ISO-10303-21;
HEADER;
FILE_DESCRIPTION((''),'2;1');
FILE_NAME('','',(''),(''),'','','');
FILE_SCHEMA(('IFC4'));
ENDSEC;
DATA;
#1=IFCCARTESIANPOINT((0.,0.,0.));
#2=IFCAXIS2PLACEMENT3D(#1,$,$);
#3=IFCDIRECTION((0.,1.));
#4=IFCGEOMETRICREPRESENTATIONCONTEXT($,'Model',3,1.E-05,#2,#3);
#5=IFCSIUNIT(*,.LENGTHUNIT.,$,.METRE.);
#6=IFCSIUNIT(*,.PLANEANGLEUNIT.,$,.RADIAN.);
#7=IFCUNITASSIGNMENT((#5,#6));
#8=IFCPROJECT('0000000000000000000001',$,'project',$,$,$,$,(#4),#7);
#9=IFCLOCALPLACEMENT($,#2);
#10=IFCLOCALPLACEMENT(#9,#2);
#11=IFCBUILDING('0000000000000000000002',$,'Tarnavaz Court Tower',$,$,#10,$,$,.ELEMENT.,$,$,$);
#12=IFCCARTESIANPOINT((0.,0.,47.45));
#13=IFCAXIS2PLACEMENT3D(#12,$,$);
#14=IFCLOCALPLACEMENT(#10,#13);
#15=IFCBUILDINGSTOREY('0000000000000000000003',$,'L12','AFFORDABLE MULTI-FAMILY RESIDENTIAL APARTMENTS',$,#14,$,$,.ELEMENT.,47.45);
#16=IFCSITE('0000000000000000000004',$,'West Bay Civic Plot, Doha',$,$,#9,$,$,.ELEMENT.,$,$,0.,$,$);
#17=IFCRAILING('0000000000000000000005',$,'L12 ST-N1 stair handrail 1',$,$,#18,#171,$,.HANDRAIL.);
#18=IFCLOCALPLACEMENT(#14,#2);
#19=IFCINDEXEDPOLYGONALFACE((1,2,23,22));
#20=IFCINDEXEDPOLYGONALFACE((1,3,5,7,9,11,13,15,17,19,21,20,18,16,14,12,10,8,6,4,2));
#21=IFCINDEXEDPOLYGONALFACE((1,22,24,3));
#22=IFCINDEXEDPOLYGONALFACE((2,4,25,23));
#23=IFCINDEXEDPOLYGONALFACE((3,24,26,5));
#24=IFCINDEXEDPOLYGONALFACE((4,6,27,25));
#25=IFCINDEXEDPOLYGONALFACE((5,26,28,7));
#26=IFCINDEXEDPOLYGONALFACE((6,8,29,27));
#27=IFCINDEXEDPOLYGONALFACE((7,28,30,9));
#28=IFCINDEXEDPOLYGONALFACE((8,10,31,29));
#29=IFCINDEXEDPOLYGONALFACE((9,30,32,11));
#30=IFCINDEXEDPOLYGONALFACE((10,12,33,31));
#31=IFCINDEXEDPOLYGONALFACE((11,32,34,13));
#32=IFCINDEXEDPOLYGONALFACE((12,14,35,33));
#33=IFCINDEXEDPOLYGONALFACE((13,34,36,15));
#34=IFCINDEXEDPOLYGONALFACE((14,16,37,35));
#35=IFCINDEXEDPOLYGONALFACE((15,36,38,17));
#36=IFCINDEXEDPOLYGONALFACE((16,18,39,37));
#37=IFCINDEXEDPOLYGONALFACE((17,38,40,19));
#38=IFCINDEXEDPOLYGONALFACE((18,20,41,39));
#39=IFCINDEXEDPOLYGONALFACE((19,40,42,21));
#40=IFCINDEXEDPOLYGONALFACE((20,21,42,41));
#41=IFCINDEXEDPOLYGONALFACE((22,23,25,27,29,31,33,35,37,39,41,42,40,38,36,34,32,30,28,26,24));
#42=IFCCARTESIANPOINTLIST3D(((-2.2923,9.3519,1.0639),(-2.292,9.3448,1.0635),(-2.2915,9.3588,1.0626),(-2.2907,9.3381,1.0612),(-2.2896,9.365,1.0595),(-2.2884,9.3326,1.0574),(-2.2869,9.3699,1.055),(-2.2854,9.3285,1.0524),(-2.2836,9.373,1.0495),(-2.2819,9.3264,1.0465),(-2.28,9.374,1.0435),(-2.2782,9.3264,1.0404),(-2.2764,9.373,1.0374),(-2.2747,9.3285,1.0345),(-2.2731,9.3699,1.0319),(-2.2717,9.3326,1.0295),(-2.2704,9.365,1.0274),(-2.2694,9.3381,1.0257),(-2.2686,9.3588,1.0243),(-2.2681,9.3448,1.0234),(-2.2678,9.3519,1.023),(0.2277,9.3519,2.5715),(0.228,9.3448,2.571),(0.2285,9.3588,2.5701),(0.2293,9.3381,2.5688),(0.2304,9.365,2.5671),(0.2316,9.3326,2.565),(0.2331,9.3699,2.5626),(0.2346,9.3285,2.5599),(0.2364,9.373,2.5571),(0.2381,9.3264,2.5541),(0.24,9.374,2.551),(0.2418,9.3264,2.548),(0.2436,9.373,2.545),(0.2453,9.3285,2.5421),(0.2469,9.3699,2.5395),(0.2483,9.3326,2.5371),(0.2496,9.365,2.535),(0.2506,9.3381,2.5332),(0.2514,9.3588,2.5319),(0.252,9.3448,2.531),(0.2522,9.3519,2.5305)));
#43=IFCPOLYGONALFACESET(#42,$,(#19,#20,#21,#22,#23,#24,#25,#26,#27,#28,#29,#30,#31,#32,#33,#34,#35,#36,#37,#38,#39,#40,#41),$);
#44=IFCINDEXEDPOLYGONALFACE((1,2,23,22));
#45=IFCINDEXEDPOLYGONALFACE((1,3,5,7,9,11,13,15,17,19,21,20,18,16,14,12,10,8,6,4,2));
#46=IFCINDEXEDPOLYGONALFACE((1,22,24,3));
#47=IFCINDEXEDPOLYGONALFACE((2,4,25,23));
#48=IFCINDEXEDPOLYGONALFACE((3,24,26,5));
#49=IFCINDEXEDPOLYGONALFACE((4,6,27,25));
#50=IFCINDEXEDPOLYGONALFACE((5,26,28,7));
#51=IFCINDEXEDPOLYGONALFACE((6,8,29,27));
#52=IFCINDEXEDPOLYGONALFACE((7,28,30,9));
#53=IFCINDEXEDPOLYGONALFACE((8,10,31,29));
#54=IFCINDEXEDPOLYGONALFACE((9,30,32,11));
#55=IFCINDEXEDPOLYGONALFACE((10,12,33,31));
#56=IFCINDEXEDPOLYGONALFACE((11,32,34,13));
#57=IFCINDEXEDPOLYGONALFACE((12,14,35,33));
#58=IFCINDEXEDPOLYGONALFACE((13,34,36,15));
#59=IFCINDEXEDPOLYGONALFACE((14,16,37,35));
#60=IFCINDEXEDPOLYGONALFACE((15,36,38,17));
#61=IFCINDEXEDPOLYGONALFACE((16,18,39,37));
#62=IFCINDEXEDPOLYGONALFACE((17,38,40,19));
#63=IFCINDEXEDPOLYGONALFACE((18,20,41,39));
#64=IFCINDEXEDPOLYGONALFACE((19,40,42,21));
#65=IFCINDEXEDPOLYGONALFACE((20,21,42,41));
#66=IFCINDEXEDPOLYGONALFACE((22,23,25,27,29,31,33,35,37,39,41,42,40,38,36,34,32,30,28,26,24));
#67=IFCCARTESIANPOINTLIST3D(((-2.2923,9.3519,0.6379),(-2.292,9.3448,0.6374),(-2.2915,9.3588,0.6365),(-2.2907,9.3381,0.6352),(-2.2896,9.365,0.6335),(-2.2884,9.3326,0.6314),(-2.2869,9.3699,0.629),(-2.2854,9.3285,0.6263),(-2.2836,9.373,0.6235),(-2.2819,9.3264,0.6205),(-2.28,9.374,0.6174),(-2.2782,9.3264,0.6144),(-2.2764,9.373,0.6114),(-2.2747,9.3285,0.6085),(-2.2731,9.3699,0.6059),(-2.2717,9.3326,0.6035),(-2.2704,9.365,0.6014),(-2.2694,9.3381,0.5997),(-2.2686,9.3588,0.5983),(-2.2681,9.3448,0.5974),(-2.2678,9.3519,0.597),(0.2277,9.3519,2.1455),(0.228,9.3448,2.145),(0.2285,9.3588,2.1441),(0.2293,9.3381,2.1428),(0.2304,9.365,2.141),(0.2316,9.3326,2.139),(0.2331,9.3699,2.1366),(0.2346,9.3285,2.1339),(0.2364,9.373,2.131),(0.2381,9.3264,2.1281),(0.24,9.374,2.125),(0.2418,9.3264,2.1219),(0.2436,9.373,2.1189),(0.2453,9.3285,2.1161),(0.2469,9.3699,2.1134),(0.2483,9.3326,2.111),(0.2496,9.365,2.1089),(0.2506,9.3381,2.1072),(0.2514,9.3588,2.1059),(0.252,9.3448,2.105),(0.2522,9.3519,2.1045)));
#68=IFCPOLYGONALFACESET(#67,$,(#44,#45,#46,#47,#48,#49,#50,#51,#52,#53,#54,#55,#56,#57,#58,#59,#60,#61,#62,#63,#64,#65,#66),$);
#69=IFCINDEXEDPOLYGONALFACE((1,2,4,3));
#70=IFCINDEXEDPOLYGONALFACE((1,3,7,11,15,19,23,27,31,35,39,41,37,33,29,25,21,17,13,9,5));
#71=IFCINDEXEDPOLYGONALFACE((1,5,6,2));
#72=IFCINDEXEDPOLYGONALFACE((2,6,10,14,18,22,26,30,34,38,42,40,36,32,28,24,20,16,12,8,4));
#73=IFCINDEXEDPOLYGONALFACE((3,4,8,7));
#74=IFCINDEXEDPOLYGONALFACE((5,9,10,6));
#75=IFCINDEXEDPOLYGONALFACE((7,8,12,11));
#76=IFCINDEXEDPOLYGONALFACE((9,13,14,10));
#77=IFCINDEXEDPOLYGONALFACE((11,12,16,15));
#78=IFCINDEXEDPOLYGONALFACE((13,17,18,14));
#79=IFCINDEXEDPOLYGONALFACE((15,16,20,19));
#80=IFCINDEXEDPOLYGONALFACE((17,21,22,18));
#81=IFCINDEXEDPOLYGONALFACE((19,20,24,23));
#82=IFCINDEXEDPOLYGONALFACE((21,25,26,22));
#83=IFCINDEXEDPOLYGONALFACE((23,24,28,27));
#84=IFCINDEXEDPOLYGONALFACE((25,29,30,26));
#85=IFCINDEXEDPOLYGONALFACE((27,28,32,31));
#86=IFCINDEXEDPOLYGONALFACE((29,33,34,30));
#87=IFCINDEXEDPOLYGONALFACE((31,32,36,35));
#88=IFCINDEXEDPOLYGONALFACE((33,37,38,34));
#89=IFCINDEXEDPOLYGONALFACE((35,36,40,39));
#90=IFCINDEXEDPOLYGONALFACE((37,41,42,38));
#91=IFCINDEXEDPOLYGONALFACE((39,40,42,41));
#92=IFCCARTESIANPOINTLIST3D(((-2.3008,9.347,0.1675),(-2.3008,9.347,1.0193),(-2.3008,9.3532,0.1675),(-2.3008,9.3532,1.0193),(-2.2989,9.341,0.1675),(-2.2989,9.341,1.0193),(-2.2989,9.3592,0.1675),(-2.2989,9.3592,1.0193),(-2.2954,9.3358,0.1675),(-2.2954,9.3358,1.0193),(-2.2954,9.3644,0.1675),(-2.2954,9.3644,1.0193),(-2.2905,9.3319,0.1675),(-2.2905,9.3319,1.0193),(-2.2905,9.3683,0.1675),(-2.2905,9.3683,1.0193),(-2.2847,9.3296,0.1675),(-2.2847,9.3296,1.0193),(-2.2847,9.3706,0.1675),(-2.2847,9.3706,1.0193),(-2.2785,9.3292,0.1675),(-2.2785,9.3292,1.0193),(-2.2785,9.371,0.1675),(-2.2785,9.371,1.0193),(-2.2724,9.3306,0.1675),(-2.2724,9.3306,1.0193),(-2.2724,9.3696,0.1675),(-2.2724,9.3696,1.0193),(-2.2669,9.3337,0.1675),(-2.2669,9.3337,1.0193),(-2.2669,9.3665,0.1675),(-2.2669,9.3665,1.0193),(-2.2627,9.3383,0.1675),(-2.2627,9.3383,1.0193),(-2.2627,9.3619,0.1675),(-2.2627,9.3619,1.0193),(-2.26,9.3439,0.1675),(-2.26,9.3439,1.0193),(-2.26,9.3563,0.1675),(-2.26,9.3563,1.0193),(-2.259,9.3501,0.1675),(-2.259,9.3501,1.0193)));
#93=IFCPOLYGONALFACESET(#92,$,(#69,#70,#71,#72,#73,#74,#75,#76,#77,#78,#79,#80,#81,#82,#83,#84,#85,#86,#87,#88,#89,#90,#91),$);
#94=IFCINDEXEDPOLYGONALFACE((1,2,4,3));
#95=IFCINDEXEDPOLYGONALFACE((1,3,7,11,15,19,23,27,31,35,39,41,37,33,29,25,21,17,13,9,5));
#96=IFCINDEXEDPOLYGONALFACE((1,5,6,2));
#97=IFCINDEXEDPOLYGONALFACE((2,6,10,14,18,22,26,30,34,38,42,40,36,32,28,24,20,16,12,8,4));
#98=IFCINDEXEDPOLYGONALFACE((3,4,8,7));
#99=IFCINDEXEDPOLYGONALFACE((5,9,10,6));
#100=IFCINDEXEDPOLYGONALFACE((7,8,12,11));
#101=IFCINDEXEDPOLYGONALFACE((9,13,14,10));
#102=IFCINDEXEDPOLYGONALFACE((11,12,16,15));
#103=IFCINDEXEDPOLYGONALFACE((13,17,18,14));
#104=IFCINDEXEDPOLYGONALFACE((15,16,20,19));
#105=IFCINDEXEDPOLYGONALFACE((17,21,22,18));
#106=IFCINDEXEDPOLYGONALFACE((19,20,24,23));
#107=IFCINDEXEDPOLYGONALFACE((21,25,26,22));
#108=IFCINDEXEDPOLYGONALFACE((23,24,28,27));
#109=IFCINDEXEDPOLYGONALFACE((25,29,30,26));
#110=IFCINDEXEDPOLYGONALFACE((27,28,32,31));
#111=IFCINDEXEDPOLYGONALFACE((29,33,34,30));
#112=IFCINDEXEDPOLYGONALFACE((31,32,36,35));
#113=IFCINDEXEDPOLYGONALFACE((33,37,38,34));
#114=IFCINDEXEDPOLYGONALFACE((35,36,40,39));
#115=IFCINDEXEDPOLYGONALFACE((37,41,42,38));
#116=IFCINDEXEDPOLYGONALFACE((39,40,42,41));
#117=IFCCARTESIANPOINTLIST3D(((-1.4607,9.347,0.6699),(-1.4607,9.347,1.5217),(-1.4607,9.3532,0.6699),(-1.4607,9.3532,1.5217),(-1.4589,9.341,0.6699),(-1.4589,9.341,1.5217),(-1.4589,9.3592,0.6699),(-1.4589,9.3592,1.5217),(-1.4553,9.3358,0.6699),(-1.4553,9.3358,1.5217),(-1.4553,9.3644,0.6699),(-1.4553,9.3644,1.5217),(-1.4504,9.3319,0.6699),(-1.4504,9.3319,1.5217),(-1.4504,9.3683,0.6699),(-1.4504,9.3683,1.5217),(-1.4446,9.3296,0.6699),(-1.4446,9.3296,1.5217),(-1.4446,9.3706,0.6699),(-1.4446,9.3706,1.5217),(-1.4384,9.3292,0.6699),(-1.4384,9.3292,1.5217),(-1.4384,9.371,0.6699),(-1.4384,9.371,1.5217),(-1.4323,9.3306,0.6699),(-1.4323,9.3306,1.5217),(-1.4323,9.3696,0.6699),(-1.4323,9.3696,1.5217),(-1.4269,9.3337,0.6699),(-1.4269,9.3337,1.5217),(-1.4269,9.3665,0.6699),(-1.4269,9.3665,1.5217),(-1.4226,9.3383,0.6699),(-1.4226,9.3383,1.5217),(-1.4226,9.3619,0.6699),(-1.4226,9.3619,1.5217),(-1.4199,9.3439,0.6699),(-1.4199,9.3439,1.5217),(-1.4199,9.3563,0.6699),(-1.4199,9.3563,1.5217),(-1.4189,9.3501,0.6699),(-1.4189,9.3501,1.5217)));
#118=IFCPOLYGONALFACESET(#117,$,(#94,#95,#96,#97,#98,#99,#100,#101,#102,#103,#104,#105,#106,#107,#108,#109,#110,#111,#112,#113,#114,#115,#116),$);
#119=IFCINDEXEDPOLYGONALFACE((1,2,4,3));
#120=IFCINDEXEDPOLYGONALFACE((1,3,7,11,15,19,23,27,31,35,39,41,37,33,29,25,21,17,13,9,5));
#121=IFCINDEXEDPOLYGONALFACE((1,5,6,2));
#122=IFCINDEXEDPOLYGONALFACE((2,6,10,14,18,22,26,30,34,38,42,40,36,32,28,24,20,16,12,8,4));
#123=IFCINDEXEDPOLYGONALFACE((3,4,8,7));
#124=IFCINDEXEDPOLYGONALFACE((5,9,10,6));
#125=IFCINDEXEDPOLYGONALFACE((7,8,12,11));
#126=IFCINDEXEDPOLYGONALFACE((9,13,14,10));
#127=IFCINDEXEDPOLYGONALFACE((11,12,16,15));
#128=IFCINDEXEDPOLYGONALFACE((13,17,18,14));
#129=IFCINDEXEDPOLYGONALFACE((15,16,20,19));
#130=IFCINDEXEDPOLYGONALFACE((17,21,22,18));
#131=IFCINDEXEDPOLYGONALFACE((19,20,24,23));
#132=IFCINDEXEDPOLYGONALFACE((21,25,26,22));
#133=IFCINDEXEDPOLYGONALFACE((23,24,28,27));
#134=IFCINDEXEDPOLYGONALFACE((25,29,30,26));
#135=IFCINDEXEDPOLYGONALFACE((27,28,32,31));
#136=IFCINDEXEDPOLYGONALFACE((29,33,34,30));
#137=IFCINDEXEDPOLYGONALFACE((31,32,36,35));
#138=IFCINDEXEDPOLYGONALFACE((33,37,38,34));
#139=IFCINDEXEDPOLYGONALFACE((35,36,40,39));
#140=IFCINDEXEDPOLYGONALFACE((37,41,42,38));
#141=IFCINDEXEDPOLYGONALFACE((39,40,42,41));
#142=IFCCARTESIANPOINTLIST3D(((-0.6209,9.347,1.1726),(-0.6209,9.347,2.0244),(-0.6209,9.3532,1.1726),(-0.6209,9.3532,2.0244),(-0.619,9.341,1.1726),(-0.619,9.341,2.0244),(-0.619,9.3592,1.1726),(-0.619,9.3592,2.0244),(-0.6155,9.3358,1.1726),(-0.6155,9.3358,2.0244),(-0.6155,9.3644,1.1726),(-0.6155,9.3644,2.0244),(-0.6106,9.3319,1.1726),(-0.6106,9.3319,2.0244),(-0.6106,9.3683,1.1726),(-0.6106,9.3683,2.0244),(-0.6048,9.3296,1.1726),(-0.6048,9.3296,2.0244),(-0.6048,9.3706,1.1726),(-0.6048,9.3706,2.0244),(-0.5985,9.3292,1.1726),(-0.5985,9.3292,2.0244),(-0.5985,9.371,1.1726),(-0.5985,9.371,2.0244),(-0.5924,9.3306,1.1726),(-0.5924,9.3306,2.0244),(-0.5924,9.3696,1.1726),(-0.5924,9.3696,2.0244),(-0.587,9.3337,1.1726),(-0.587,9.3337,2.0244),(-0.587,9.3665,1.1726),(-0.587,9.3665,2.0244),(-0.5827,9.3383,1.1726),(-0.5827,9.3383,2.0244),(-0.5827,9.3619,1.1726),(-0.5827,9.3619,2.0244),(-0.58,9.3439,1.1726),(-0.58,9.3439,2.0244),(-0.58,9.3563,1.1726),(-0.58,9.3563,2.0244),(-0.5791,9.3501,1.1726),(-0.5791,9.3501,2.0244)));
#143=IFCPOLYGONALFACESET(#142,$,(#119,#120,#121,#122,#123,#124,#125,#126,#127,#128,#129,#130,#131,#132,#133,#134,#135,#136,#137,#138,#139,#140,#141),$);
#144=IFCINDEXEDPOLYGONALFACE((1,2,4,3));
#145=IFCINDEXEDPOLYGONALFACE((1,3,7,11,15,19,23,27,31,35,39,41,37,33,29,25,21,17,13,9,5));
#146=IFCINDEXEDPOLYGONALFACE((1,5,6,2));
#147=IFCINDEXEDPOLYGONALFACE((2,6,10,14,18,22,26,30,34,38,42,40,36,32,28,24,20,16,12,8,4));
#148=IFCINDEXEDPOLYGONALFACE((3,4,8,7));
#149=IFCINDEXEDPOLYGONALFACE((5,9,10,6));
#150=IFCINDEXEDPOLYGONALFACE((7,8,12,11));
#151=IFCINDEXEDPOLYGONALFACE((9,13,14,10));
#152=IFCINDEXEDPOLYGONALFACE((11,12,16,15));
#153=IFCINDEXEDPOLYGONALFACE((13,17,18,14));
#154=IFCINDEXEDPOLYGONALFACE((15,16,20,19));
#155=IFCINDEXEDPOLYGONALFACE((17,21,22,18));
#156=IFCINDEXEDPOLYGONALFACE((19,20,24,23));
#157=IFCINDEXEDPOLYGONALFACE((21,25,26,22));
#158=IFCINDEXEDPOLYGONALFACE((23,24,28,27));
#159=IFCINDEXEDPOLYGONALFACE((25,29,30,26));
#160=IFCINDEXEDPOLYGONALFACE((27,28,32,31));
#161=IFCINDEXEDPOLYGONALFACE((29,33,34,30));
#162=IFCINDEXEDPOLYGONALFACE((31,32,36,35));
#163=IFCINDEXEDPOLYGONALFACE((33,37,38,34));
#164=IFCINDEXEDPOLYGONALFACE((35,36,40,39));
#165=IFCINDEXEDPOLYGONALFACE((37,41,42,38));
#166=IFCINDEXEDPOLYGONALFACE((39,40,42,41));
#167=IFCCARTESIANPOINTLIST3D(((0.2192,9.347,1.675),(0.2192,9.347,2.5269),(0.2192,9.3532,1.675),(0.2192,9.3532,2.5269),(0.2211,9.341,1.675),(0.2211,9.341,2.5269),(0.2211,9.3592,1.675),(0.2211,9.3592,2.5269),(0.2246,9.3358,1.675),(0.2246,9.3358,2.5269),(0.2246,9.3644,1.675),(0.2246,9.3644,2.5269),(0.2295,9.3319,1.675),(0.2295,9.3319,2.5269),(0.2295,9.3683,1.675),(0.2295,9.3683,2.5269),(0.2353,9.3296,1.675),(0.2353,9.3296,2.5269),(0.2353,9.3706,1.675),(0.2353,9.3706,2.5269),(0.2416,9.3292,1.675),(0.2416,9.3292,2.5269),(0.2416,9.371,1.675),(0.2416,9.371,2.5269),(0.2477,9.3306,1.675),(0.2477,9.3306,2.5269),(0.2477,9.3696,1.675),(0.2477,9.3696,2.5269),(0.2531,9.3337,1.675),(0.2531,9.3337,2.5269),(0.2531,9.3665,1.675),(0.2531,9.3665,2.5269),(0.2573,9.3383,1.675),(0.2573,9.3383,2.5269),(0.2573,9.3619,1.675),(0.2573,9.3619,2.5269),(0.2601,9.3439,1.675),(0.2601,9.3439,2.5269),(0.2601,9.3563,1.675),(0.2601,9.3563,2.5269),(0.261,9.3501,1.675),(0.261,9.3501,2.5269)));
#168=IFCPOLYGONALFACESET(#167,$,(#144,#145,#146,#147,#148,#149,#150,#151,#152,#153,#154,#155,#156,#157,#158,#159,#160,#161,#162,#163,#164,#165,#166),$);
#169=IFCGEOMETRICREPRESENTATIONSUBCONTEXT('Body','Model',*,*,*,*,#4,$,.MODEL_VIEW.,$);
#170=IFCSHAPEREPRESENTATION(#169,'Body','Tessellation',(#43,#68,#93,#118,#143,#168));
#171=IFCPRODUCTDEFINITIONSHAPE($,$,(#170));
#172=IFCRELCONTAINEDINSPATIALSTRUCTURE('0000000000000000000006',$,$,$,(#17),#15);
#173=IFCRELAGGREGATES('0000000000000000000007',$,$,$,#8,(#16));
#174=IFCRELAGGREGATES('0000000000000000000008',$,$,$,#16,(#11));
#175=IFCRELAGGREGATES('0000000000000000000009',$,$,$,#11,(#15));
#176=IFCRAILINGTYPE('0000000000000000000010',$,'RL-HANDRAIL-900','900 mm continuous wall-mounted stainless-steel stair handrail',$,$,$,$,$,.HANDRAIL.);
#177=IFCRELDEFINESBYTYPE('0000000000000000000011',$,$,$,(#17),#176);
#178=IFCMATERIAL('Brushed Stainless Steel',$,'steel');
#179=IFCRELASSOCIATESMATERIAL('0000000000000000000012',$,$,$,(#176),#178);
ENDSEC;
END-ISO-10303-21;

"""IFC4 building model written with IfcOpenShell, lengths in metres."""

from ifc_helpers import new_model, si_unit, direction, frame, origin, origin_2d, place, context, subcontext, project, spatial, circle, extrude, material, type_object, element, save


model = new_model("IFC4")

# Units and contexts
model_context = context("Model", 3, precision=1e-05, world=origin(), true_north=direction((0.0, 1.0)))
body_context = subcontext(model_context, "Body", "Model", "MODEL_VIEW")
ifc_project = project(units=[si_unit("LENGTHUNIT", "METRE"), si_unit("PLANEANGLEUNIT", "RADIAN")], contexts=[model_context])

# Site, building, storey
site_placement = place(None, origin())
site = spatial("IfcSite", under=ifc_project, at=site_placement, Name="West Bay Civic Plot, Doha", CompositionType="ELEMENT", RefElevation=0.0)
building_placement = place(site_placement, origin())
building = spatial("IfcBuilding", under=site, at=building_placement, Name="Tarnavaz Court Tower", CompositionType="ELEMENT")
storey_placement = place(building_placement, frame((0.0, 0.0, 47.45)))
storey = spatial("IfcBuildingStorey", under=building, at=storey_placement, Name="L12", Description="AFFORDABLE MULTI-FAMILY RESIDENTIAL APARTMENTS", CompositionType="ELEMENT", Elevation=47.45)

# Railing
ifc_material_1 = material(Name="Brushed Stainless Steel", Category="steel")
railing_type_1 = type_object("IfcRailingType", Name="RL-HANDRAIL-900", Description="900 mm continuous wall-mounted stainless-steel stair handrail", PredefinedType="HANDRAIL", material=ifc_material_1)
railing_1_placement = place(storey_placement, frame((-2.28, 9.3501, 0.1675)))
element("IfcRailing", 1, at=railing_1_placement, inside=storey, type_object=railing_type_1, Name="L12 ST-N1 stair handrail 1", PredefinedType="HANDRAIL", context=body_context, shape_type="SweptSolid", body=[
    extrude(circle(Radius=0.0239, at=origin_2d()), frame((0.0, 0.0, 0.876), z_axis=(0.85816, 0.0, 0.513383), x_axis=(0.0, 1.0, 0.0)), (0.0, 0.0, 1.0), 2.9365),
    extrude(circle(Radius=0.0239, at=origin_2d()), frame((0.0, 0.0, 0.45), z_axis=(0.85816, 0.0, 0.513383), x_axis=(0.0, 1.0, 0.0)), (0.0, 0.0, 1.0), 2.9365),
    extrude(circle(Radius=0.021, at=origin_2d()), origin(), (0.0, 0.0, 1.0), 0.8518),
    extrude(circle(Radius=0.021, at=origin_2d()), frame((0.8401, 0.0, 0.5024)), (0.0, 0.0, 1.0), 0.8518),
    extrude(circle(Radius=0.021, at=origin_2d()), frame((1.6799, 0.0, 1.0051)), (0.0, 0.0, 1.0), 0.8518),
    extrude(circle(Radius=0.021, at=origin_2d()), frame((2.52, 0.0, 1.5076)), (0.0, 0.0, 1.0), 0.8518),
])

save(model, "model.ifc")
